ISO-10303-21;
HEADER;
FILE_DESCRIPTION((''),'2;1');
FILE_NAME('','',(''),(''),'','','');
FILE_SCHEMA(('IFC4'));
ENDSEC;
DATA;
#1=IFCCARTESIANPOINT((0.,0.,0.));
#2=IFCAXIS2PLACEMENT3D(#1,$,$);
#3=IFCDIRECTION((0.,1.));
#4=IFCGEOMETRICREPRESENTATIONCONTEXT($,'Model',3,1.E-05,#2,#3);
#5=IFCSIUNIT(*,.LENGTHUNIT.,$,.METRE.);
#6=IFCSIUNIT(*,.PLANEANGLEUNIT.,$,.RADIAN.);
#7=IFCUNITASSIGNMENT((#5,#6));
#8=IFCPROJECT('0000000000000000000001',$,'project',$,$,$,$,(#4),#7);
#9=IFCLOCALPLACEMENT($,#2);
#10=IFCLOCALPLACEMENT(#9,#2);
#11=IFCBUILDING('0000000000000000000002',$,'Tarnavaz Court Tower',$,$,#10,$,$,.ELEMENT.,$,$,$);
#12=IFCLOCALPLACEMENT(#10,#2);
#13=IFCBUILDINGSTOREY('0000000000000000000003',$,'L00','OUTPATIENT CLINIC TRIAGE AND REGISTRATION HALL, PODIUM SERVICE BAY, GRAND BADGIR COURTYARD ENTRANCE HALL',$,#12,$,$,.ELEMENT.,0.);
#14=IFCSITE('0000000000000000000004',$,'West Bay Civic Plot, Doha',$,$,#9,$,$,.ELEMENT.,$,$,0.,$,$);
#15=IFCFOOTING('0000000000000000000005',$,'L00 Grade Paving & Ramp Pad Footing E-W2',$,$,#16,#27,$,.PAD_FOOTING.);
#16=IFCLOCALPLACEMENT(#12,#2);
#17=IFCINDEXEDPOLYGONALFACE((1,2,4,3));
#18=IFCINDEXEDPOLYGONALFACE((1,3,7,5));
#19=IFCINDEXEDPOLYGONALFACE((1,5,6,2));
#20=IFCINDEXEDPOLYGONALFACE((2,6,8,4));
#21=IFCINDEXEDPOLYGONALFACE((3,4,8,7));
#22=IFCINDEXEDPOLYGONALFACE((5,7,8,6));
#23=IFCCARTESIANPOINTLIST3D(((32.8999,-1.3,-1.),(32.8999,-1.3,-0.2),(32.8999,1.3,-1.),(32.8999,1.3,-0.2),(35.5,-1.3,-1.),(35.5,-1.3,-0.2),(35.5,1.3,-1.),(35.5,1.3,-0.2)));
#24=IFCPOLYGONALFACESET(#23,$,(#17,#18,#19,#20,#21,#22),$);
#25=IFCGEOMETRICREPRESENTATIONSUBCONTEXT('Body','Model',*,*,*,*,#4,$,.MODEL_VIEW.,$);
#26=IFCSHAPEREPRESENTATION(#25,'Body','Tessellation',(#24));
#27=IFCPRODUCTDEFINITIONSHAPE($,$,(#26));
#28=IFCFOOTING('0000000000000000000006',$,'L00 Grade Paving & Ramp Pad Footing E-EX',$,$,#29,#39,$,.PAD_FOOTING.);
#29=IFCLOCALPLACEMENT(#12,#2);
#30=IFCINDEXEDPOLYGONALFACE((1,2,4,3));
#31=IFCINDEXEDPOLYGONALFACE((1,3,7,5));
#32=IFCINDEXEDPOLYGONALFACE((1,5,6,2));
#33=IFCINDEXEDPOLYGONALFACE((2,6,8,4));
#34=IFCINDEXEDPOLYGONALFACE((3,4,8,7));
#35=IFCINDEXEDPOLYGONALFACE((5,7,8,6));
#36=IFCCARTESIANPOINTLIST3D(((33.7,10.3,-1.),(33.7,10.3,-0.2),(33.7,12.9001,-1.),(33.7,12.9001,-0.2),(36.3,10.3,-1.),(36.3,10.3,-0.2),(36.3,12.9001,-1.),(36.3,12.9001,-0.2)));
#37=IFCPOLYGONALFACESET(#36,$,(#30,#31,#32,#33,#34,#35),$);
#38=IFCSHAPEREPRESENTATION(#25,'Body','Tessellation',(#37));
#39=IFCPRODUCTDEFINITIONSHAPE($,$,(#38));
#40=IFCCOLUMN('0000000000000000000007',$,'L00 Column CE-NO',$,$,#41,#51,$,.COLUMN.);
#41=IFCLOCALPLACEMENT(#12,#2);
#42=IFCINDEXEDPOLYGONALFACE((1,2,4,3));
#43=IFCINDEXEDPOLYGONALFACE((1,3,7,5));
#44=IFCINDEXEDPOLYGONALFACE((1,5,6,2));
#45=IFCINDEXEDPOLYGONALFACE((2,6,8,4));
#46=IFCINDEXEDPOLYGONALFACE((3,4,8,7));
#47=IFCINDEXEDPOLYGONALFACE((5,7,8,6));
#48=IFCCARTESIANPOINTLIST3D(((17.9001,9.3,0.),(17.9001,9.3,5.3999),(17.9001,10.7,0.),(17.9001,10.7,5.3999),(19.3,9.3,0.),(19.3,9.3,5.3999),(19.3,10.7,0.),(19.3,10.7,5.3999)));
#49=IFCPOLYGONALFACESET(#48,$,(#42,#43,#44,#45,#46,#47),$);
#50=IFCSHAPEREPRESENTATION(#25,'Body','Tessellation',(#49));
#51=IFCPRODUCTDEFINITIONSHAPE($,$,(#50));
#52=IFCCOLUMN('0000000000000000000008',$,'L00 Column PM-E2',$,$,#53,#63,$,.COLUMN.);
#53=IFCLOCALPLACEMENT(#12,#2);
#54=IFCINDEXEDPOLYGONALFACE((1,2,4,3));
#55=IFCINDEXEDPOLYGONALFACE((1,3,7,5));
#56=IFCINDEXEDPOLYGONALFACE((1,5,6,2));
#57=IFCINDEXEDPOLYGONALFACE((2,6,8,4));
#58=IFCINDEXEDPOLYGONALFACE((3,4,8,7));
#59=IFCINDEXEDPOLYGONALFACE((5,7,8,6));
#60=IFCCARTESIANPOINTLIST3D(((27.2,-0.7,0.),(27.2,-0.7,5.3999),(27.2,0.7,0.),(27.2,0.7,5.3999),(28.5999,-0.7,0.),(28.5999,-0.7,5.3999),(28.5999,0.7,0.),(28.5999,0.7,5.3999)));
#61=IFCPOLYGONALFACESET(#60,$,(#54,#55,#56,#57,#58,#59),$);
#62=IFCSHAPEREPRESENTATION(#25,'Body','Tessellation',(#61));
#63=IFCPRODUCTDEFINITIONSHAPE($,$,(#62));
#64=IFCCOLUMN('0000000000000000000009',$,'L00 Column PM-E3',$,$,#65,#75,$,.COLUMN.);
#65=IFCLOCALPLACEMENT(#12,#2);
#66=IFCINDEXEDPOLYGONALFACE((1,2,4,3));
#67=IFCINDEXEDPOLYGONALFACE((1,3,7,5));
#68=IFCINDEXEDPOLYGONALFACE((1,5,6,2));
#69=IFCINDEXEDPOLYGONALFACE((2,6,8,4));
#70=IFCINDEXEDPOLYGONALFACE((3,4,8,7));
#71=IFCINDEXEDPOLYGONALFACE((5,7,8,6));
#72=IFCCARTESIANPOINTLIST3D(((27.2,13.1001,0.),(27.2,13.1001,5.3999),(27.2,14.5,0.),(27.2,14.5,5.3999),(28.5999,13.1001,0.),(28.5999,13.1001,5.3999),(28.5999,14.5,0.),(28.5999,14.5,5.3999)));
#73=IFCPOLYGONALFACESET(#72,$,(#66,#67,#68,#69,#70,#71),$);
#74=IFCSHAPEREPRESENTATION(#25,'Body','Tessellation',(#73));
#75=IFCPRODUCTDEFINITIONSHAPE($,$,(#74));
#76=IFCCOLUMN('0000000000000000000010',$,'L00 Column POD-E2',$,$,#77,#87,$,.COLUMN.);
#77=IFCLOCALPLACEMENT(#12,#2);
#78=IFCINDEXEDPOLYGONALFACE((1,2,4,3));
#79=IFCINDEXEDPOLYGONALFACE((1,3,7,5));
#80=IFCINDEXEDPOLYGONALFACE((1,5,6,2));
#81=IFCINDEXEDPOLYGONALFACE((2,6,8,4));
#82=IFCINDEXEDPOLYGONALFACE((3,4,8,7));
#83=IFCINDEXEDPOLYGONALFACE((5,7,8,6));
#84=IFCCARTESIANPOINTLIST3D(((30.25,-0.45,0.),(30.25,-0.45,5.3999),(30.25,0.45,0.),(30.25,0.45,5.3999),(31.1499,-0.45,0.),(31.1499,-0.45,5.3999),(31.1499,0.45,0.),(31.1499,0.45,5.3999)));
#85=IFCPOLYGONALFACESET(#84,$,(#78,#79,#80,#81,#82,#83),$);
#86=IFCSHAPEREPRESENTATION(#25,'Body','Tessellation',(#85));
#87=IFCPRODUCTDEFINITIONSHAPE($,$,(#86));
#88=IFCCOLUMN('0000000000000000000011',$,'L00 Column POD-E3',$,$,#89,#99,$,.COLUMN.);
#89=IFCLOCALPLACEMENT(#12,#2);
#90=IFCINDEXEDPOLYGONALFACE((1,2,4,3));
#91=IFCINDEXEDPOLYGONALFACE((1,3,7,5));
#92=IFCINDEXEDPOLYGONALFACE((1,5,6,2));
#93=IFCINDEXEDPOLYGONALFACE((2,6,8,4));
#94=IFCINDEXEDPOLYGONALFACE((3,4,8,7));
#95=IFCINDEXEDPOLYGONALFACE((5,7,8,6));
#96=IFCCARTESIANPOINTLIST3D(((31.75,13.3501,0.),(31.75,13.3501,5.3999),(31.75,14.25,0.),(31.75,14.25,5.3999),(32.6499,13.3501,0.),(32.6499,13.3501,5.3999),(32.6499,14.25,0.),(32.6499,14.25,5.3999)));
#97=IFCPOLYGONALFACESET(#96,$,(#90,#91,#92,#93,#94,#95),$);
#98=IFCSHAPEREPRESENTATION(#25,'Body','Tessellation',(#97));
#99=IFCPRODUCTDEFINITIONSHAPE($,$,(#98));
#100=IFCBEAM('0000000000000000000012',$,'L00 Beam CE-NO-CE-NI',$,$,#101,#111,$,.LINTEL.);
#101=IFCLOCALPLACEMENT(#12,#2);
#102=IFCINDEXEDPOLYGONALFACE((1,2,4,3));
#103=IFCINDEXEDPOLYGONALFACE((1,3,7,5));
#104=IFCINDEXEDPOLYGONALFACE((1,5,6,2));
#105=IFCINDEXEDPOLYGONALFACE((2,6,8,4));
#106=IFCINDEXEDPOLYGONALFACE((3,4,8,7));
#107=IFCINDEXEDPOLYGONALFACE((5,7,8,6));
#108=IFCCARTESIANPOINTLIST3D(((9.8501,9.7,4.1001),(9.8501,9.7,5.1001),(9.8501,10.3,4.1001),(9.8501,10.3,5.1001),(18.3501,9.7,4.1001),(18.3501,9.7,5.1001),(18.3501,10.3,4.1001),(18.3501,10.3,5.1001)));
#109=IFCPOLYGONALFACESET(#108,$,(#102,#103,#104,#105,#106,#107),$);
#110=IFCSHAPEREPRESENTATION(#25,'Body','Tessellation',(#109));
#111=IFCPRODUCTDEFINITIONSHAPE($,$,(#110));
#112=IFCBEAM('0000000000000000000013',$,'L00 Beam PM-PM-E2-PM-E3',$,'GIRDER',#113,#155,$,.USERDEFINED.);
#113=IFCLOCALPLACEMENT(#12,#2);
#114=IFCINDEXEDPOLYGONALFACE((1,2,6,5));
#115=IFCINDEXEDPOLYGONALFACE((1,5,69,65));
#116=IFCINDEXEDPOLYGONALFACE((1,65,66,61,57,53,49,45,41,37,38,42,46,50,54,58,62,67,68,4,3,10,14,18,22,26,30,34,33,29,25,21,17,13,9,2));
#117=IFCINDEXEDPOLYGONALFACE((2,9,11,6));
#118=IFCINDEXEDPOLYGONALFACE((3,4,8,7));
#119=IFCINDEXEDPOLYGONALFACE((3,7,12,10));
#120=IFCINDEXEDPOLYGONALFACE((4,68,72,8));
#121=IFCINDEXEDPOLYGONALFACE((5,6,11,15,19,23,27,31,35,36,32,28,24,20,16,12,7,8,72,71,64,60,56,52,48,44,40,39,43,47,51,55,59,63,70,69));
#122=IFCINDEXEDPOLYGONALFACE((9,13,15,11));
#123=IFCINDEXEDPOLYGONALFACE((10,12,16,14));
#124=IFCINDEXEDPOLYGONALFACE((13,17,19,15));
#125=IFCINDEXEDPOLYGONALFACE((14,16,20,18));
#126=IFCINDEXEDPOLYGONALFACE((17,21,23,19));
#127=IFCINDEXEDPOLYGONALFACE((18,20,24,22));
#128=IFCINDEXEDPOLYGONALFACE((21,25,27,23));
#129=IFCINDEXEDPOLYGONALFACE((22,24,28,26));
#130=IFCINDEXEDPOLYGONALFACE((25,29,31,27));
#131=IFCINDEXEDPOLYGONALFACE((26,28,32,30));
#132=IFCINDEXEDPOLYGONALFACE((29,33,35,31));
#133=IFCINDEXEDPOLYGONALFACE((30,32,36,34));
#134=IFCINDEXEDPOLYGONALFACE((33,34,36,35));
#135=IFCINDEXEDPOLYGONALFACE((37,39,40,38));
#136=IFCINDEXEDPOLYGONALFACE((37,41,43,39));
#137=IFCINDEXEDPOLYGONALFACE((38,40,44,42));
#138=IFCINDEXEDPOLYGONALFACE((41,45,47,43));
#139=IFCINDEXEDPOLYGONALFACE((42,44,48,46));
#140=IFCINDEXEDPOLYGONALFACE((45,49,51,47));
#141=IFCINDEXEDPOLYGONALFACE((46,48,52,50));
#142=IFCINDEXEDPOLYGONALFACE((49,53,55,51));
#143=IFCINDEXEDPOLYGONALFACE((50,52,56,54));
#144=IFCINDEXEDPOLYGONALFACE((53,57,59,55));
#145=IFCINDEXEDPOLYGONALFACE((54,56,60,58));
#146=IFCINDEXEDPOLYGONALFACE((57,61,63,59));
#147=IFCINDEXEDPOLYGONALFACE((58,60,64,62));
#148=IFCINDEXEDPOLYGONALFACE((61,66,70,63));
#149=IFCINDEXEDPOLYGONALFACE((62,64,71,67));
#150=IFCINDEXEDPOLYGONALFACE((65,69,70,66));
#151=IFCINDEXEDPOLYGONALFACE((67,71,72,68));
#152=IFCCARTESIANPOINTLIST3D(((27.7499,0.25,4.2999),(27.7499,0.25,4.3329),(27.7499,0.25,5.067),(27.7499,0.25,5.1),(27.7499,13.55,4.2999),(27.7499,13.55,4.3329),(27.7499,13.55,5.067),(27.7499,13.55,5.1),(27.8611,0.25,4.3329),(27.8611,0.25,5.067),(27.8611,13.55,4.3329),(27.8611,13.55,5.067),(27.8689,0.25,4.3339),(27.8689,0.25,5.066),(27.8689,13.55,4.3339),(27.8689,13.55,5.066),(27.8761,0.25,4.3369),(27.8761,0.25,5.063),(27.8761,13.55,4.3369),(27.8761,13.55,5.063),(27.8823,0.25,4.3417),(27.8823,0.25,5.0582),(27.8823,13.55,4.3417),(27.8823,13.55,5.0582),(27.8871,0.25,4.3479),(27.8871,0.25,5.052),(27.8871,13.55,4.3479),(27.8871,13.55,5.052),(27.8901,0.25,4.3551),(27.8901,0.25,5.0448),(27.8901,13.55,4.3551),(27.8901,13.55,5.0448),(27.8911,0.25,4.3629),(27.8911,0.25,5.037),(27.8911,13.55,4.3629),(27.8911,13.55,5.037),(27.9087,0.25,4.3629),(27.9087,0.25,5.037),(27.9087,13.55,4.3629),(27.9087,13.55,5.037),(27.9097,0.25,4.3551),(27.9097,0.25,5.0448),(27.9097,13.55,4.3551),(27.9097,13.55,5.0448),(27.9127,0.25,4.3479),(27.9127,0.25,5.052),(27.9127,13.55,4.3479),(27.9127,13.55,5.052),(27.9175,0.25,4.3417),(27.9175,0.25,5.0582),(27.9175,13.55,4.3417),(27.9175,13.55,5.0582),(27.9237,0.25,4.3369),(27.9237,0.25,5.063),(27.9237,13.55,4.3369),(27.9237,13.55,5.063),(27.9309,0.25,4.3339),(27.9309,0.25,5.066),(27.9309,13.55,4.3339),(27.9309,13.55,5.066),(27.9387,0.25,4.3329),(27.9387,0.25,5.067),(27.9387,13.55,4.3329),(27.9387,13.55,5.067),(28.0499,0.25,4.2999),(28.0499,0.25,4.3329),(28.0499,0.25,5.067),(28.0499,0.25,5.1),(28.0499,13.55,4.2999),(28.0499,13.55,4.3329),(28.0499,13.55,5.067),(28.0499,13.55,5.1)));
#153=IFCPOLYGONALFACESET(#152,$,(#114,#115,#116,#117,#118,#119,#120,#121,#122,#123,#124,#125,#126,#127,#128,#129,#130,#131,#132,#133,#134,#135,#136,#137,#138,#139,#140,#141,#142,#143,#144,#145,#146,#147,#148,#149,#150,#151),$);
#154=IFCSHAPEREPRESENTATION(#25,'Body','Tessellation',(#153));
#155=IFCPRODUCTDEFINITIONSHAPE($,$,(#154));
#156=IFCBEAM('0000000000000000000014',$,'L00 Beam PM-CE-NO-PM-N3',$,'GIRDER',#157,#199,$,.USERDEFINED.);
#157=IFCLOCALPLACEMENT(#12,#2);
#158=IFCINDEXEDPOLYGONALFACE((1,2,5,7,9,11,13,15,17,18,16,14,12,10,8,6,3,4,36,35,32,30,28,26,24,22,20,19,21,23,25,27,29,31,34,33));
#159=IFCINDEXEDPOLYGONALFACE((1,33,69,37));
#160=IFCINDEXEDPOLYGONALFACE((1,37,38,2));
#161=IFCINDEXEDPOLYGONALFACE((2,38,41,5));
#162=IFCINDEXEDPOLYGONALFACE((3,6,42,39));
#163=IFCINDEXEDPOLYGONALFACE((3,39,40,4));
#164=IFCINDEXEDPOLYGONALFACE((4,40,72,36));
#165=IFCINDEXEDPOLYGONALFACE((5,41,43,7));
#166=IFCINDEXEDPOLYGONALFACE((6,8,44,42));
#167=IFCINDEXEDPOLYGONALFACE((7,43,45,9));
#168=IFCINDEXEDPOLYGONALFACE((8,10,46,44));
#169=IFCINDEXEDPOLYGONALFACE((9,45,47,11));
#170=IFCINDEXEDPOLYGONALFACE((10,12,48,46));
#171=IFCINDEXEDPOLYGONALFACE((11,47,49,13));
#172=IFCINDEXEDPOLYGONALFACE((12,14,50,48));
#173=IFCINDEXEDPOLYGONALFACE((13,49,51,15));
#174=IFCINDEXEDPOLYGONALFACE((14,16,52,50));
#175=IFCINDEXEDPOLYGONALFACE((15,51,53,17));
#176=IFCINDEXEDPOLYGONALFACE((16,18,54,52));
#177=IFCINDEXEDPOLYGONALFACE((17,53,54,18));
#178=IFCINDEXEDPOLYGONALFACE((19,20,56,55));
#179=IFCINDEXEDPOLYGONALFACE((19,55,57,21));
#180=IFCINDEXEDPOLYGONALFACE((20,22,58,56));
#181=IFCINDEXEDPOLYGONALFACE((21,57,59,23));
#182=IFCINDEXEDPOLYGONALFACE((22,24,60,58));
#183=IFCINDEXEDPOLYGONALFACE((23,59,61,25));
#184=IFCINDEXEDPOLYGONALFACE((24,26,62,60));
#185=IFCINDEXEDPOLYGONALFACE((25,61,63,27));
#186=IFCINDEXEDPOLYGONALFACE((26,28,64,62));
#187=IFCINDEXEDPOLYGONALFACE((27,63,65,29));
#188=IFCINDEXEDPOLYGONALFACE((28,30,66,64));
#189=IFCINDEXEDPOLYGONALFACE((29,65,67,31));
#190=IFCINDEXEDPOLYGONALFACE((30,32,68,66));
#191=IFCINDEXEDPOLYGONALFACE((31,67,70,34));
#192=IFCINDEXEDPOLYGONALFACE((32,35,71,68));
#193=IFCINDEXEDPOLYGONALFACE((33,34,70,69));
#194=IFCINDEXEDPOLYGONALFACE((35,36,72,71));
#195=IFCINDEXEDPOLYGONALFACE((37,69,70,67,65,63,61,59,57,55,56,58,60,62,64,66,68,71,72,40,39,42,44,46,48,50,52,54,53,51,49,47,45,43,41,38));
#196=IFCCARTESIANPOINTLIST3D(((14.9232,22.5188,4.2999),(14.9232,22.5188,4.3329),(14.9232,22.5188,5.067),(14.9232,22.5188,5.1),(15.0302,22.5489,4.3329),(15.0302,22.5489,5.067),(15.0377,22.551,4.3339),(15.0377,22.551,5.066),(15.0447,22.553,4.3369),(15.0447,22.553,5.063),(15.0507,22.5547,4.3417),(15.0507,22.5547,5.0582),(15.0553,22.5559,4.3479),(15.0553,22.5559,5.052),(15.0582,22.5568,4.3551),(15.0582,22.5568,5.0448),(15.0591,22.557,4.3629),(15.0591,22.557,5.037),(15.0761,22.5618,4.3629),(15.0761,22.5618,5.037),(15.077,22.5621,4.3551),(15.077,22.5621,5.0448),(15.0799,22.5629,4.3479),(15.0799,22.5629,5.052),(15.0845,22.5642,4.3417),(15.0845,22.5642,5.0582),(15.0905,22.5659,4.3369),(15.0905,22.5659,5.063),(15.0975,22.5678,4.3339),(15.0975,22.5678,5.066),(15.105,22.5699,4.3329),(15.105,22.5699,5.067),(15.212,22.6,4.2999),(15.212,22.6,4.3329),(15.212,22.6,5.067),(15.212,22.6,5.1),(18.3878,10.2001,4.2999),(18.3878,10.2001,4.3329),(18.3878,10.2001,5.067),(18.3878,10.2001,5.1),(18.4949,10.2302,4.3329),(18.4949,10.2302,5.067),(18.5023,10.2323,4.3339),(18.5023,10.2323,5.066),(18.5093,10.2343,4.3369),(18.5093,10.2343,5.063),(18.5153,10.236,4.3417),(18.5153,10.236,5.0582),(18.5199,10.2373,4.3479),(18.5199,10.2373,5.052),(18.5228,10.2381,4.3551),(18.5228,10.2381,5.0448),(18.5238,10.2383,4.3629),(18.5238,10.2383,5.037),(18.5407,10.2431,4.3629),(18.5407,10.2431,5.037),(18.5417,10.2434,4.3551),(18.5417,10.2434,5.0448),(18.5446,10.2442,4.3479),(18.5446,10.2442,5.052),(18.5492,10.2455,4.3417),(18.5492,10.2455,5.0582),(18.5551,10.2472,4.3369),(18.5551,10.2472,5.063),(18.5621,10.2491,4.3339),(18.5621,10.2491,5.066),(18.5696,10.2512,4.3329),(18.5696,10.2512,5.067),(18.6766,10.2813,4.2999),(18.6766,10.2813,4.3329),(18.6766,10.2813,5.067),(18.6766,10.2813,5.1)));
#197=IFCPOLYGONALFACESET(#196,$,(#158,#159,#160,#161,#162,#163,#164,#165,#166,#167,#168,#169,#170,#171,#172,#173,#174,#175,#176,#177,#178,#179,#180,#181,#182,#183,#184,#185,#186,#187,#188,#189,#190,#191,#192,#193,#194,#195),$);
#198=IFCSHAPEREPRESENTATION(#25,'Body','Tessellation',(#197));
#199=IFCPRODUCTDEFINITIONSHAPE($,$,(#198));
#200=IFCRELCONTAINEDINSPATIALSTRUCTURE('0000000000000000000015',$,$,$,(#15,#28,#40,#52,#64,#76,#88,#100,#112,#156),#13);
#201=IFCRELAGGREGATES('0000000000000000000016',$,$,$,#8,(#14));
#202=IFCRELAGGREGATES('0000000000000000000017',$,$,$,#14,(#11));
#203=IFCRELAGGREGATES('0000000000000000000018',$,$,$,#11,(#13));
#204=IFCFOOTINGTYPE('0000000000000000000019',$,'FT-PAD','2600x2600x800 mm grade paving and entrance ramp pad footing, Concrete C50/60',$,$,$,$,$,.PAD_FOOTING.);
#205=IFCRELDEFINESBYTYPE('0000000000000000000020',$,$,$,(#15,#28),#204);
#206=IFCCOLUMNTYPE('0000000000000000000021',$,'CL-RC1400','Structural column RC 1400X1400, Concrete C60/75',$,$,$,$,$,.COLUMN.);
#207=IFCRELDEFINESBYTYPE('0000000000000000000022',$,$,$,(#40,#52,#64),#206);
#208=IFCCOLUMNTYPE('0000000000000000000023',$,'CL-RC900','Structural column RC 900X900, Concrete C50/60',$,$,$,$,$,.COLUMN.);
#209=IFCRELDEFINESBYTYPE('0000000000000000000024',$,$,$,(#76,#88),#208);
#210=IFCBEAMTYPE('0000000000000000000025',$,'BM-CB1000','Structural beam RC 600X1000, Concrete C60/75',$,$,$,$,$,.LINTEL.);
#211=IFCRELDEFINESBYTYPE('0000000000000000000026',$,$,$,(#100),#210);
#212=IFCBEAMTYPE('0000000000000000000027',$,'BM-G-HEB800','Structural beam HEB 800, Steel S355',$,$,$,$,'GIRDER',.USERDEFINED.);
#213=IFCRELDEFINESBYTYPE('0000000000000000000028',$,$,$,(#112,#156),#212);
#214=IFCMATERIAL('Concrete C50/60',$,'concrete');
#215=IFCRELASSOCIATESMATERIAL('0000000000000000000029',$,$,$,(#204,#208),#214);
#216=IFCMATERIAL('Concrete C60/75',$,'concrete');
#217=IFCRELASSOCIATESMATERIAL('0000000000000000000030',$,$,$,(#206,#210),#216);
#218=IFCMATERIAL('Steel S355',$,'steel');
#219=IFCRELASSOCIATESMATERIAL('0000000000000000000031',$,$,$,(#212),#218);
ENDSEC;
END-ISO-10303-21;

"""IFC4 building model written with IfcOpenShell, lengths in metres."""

from ifc_helpers import new_model, si_unit, direction, frame, origin, origin_2d, place, context, subcontext, project, spatial, rectangle, i_section, extrude, material, material_profile, profile_set, type_object, element, save


model = new_model("IFC4")

# Units and contexts
model_context = context("Model", 3, precision=1e-05, world=origin(), true_north=direction((0.0, 1.0)))
body_context = subcontext(model_context, "Body", "Model", "MODEL_VIEW")
ifc_project = project(units=[si_unit("LENGTHUNIT", "METRE"), si_unit("PLANEANGLEUNIT", "RADIAN")], contexts=[model_context])

# Site, building, storey
site_placement = place(None, origin())
site = spatial("IfcSite", under=ifc_project, at=site_placement, Name="West Bay Civic Plot, Doha", CompositionType="ELEMENT", RefElevation=0.0)
building_placement = place(site_placement, origin())
building = spatial("IfcBuilding", under=site, at=building_placement, Name="Tarnavaz Court Tower", CompositionType="ELEMENT")
storey_placement = place(building_placement, origin())
storey = spatial("IfcBuildingStorey", under=building, at=storey_placement, Name="L00", Description="OUTPATIENT CLINIC TRIAGE AND REGISTRATION HALL, PODIUM SERVICE BAY, GRAND BADGIR COURTYARD ENTRANCE HALL", CompositionType="ELEMENT", Elevation=0.0)

# Footings
ifc_material_1 = material(Name="Concrete C50/60", Category="concrete")
footing_type = type_object("IfcFootingType", Name="FT-PAD", Description="2600x2600x800 mm grade paving and entrance ramp pad footing, Concrete C50/60", PredefinedType="PAD_FOOTING", material=ifc_material_1)
for number, where, z_axis, x_axis, name in (
    (1, (34.2, 0.0, -1.0), (0.0, 0.0, 1.0), (1.0, 0.0, 0.0), "L00 Grade Paving & Ramp Pad Footing E-W2"),
    (2, (35.0, 11.6001, -1.0), (0.0, 0.0, 1.0), (1.0, 0.0, 0.0), "L00 Grade Paving & Ramp Pad Footing E-EX"),
):
    element("IfcFooting", number, at=place(storey_placement, frame(where, z_axis=z_axis, x_axis=x_axis)), inside=storey, type_object=footing_type, Name=name, PredefinedType="PAD_FOOTING", context=body_context, shape_type="SweptSolid", body=[
        extrude(rectangle(XDim=2.6001, YDim=2.6001, at=origin_2d()), origin(), (0.0, 0.0, 1.0), 0.8),
    ])

# Columns
ifc_material_2 = material(Name="Concrete C60/75", Category="concrete")
ifc_material_profile_1 = material_profile(ifc_material_2, rectangle(XDim=1.3999, YDim=1.3999, at=origin_2d()), Name="RC 1400X1400")
ifc_profile_set_1 = profile_set([ifc_material_profile_1], Name="Concrete C60/75")
column_type_1 = type_object("IfcColumnType", Name="CL-RC1400", Description="Structural column RC 1400X1400, Concrete C60/75", PredefinedType="COLUMN", material=ifc_profile_set_1)
for number, where, z_axis, x_axis, name in (
    (3, (18.6001, 10.0, 0.0), (0.0, 0.0, 1.0), (1.0, 0.0, 0.0), "L00 Column CE-NO"),
    (4, (27.8999, 0.0, 0.0), (0.0, 0.0, 1.0), (1.0, 0.0, 0.0), "L00 Column PM-E2"),
    (5, (27.8999, 13.8, 0.0), (0.0, 0.0, 1.0), (1.0, 0.0, 0.0), "L00 Column PM-E3"),
):
    element("IfcColumn", number, at=place(storey_placement, frame(where, z_axis=z_axis, x_axis=x_axis)), inside=storey, type_object=column_type_1, Name=name, PredefinedType="COLUMN", context=body_context, shape_type="SweptSolid", body=[
        extrude(rectangle(XDim=1.3999, YDim=1.3999, at=origin_2d()), origin(), (0.0, 0.0, 1.0), 5.3999),
    ])
ifc_material_profile_2 = material_profile(ifc_material_1, rectangle(XDim=0.8999, YDim=0.8999, at=origin_2d()), Name="RC 900X900")
ifc_profile_set_2 = profile_set([ifc_material_profile_2], Name="Concrete C50/60")
column_type_2 = type_object("IfcColumnType", Name="CL-RC900", Description="Structural column RC 900X900, Concrete C50/60", PredefinedType="COLUMN", material=ifc_profile_set_2)
for number, where, z_axis, x_axis, name in (
    (6, (30.7, 0.0, 0.0), (0.0, 0.0, 1.0), (1.0, 0.0, 0.0), "L00 Column POD-E2"),
    (7, (32.2, 13.8, 0.0), (0.0, 0.0, 1.0), (1.0, 0.0, 0.0), "L00 Column POD-E3"),
):
    element("IfcColumn", number, at=place(storey_placement, frame(where, z_axis=z_axis, x_axis=x_axis)), inside=storey, type_object=column_type_2, Name=name, PredefinedType="COLUMN", context=body_context, shape_type="SweptSolid", body=[
        extrude(rectangle(XDim=0.8999, YDim=0.8999, at=origin_2d()), origin(), (0.0, 0.0, 1.0), 5.3999),
    ])

# Beams
ifc_material_profile_3 = material_profile(ifc_material_2, rectangle(XDim=0.6001, YDim=1.0, at=origin_2d()), Name="RC 600X1000")
ifc_profile_set_3 = profile_set([ifc_material_profile_3], Name="Concrete C60/75")
beam_type_1 = type_object("IfcBeamType", Name="BM-CB1000", Description="Structural beam RC 600X1000, Concrete C60/75", PredefinedType="LINTEL", material=ifc_profile_set_3)
beam_1_placement = place(storey_placement, frame((18.3501, 10.0, 4.6001), z_axis=(-1.0, 0.0, 0.0), x_axis=(0.0, -1.0, 0.0)))
element("IfcBeam", 8, at=beam_1_placement, inside=storey, type_object=beam_type_1, Name="L00 Beam CE-NO-CE-NI", PredefinedType="LINTEL", context=body_context, shape_type="SweptSolid", body=[
    extrude(rectangle(XDim=0.6001, YDim=1.0, at=origin_2d()), origin(), (0.0, 0.0, 1.0), 8.5),
])
ifc_material_3 = material(Name="Steel S355", Category="steel")
ifc_material_profile_4 = material_profile(ifc_material_3, i_section(OverallWidth=0.3, OverallDepth=0.8, WebThickness=0.0176, FlangeThickness=0.033, FilletRadius=0.03, at=origin_2d()), Name="HEB 800")
ifc_profile_set_4 = profile_set([ifc_material_profile_4], Name="Steel S355")
beam_type_2 = type_object("IfcBeamType", Name="BM-G-HEB800", Description="Structural beam HEB 800, Steel S355", ElementType="GIRDER", PredefinedType="USERDEFINED", material=ifc_profile_set_4)
beam_2_placement = place(storey_placement, frame((27.8999, 0.25, 4.7), z_axis=(0.0, 1.0, 0.0), x_axis=(-1.0, 0.0, 0.0)))
element("IfcBeam", 9, at=beam_2_placement, inside=storey, type_object=beam_type_2, Name="L00 Beam PM-PM-E2-PM-E3", ObjectType="GIRDER", PredefinedType="USERDEFINED", context=body_context, shape_type="SweptSolid", body=[
    extrude(i_section(OverallWidth=0.3, OverallDepth=0.8, WebThickness=0.0176, FlangeThickness=0.033, FilletRadius=0.03, at=origin_2d()), origin(), (0.0, 0.0, 1.0), 13.3),
])
beam_3_placement = place(storey_placement, frame((18.5322, 10.2407, 4.7), z_axis=(-0.270745, 0.962651, 0.0), x_axis=(-0.962651, -0.270745, 0.0)))
element("IfcBeam", 10, at=beam_3_placement, inside=storey, type_object=beam_type_2, Name="L00 Beam PM-CE-NO-PM-N3", ObjectType="GIRDER", PredefinedType="USERDEFINED", context=body_context, shape_type="SweptSolid", body=[
    extrude(i_section(OverallWidth=0.3, OverallDepth=0.8, WebThickness=0.0176, FlangeThickness=0.033, FilletRadius=0.03, at=origin_2d()), origin(), (0.0, 0.0, 1.0), 12.7966),
])

save(model, "model.ifc")
